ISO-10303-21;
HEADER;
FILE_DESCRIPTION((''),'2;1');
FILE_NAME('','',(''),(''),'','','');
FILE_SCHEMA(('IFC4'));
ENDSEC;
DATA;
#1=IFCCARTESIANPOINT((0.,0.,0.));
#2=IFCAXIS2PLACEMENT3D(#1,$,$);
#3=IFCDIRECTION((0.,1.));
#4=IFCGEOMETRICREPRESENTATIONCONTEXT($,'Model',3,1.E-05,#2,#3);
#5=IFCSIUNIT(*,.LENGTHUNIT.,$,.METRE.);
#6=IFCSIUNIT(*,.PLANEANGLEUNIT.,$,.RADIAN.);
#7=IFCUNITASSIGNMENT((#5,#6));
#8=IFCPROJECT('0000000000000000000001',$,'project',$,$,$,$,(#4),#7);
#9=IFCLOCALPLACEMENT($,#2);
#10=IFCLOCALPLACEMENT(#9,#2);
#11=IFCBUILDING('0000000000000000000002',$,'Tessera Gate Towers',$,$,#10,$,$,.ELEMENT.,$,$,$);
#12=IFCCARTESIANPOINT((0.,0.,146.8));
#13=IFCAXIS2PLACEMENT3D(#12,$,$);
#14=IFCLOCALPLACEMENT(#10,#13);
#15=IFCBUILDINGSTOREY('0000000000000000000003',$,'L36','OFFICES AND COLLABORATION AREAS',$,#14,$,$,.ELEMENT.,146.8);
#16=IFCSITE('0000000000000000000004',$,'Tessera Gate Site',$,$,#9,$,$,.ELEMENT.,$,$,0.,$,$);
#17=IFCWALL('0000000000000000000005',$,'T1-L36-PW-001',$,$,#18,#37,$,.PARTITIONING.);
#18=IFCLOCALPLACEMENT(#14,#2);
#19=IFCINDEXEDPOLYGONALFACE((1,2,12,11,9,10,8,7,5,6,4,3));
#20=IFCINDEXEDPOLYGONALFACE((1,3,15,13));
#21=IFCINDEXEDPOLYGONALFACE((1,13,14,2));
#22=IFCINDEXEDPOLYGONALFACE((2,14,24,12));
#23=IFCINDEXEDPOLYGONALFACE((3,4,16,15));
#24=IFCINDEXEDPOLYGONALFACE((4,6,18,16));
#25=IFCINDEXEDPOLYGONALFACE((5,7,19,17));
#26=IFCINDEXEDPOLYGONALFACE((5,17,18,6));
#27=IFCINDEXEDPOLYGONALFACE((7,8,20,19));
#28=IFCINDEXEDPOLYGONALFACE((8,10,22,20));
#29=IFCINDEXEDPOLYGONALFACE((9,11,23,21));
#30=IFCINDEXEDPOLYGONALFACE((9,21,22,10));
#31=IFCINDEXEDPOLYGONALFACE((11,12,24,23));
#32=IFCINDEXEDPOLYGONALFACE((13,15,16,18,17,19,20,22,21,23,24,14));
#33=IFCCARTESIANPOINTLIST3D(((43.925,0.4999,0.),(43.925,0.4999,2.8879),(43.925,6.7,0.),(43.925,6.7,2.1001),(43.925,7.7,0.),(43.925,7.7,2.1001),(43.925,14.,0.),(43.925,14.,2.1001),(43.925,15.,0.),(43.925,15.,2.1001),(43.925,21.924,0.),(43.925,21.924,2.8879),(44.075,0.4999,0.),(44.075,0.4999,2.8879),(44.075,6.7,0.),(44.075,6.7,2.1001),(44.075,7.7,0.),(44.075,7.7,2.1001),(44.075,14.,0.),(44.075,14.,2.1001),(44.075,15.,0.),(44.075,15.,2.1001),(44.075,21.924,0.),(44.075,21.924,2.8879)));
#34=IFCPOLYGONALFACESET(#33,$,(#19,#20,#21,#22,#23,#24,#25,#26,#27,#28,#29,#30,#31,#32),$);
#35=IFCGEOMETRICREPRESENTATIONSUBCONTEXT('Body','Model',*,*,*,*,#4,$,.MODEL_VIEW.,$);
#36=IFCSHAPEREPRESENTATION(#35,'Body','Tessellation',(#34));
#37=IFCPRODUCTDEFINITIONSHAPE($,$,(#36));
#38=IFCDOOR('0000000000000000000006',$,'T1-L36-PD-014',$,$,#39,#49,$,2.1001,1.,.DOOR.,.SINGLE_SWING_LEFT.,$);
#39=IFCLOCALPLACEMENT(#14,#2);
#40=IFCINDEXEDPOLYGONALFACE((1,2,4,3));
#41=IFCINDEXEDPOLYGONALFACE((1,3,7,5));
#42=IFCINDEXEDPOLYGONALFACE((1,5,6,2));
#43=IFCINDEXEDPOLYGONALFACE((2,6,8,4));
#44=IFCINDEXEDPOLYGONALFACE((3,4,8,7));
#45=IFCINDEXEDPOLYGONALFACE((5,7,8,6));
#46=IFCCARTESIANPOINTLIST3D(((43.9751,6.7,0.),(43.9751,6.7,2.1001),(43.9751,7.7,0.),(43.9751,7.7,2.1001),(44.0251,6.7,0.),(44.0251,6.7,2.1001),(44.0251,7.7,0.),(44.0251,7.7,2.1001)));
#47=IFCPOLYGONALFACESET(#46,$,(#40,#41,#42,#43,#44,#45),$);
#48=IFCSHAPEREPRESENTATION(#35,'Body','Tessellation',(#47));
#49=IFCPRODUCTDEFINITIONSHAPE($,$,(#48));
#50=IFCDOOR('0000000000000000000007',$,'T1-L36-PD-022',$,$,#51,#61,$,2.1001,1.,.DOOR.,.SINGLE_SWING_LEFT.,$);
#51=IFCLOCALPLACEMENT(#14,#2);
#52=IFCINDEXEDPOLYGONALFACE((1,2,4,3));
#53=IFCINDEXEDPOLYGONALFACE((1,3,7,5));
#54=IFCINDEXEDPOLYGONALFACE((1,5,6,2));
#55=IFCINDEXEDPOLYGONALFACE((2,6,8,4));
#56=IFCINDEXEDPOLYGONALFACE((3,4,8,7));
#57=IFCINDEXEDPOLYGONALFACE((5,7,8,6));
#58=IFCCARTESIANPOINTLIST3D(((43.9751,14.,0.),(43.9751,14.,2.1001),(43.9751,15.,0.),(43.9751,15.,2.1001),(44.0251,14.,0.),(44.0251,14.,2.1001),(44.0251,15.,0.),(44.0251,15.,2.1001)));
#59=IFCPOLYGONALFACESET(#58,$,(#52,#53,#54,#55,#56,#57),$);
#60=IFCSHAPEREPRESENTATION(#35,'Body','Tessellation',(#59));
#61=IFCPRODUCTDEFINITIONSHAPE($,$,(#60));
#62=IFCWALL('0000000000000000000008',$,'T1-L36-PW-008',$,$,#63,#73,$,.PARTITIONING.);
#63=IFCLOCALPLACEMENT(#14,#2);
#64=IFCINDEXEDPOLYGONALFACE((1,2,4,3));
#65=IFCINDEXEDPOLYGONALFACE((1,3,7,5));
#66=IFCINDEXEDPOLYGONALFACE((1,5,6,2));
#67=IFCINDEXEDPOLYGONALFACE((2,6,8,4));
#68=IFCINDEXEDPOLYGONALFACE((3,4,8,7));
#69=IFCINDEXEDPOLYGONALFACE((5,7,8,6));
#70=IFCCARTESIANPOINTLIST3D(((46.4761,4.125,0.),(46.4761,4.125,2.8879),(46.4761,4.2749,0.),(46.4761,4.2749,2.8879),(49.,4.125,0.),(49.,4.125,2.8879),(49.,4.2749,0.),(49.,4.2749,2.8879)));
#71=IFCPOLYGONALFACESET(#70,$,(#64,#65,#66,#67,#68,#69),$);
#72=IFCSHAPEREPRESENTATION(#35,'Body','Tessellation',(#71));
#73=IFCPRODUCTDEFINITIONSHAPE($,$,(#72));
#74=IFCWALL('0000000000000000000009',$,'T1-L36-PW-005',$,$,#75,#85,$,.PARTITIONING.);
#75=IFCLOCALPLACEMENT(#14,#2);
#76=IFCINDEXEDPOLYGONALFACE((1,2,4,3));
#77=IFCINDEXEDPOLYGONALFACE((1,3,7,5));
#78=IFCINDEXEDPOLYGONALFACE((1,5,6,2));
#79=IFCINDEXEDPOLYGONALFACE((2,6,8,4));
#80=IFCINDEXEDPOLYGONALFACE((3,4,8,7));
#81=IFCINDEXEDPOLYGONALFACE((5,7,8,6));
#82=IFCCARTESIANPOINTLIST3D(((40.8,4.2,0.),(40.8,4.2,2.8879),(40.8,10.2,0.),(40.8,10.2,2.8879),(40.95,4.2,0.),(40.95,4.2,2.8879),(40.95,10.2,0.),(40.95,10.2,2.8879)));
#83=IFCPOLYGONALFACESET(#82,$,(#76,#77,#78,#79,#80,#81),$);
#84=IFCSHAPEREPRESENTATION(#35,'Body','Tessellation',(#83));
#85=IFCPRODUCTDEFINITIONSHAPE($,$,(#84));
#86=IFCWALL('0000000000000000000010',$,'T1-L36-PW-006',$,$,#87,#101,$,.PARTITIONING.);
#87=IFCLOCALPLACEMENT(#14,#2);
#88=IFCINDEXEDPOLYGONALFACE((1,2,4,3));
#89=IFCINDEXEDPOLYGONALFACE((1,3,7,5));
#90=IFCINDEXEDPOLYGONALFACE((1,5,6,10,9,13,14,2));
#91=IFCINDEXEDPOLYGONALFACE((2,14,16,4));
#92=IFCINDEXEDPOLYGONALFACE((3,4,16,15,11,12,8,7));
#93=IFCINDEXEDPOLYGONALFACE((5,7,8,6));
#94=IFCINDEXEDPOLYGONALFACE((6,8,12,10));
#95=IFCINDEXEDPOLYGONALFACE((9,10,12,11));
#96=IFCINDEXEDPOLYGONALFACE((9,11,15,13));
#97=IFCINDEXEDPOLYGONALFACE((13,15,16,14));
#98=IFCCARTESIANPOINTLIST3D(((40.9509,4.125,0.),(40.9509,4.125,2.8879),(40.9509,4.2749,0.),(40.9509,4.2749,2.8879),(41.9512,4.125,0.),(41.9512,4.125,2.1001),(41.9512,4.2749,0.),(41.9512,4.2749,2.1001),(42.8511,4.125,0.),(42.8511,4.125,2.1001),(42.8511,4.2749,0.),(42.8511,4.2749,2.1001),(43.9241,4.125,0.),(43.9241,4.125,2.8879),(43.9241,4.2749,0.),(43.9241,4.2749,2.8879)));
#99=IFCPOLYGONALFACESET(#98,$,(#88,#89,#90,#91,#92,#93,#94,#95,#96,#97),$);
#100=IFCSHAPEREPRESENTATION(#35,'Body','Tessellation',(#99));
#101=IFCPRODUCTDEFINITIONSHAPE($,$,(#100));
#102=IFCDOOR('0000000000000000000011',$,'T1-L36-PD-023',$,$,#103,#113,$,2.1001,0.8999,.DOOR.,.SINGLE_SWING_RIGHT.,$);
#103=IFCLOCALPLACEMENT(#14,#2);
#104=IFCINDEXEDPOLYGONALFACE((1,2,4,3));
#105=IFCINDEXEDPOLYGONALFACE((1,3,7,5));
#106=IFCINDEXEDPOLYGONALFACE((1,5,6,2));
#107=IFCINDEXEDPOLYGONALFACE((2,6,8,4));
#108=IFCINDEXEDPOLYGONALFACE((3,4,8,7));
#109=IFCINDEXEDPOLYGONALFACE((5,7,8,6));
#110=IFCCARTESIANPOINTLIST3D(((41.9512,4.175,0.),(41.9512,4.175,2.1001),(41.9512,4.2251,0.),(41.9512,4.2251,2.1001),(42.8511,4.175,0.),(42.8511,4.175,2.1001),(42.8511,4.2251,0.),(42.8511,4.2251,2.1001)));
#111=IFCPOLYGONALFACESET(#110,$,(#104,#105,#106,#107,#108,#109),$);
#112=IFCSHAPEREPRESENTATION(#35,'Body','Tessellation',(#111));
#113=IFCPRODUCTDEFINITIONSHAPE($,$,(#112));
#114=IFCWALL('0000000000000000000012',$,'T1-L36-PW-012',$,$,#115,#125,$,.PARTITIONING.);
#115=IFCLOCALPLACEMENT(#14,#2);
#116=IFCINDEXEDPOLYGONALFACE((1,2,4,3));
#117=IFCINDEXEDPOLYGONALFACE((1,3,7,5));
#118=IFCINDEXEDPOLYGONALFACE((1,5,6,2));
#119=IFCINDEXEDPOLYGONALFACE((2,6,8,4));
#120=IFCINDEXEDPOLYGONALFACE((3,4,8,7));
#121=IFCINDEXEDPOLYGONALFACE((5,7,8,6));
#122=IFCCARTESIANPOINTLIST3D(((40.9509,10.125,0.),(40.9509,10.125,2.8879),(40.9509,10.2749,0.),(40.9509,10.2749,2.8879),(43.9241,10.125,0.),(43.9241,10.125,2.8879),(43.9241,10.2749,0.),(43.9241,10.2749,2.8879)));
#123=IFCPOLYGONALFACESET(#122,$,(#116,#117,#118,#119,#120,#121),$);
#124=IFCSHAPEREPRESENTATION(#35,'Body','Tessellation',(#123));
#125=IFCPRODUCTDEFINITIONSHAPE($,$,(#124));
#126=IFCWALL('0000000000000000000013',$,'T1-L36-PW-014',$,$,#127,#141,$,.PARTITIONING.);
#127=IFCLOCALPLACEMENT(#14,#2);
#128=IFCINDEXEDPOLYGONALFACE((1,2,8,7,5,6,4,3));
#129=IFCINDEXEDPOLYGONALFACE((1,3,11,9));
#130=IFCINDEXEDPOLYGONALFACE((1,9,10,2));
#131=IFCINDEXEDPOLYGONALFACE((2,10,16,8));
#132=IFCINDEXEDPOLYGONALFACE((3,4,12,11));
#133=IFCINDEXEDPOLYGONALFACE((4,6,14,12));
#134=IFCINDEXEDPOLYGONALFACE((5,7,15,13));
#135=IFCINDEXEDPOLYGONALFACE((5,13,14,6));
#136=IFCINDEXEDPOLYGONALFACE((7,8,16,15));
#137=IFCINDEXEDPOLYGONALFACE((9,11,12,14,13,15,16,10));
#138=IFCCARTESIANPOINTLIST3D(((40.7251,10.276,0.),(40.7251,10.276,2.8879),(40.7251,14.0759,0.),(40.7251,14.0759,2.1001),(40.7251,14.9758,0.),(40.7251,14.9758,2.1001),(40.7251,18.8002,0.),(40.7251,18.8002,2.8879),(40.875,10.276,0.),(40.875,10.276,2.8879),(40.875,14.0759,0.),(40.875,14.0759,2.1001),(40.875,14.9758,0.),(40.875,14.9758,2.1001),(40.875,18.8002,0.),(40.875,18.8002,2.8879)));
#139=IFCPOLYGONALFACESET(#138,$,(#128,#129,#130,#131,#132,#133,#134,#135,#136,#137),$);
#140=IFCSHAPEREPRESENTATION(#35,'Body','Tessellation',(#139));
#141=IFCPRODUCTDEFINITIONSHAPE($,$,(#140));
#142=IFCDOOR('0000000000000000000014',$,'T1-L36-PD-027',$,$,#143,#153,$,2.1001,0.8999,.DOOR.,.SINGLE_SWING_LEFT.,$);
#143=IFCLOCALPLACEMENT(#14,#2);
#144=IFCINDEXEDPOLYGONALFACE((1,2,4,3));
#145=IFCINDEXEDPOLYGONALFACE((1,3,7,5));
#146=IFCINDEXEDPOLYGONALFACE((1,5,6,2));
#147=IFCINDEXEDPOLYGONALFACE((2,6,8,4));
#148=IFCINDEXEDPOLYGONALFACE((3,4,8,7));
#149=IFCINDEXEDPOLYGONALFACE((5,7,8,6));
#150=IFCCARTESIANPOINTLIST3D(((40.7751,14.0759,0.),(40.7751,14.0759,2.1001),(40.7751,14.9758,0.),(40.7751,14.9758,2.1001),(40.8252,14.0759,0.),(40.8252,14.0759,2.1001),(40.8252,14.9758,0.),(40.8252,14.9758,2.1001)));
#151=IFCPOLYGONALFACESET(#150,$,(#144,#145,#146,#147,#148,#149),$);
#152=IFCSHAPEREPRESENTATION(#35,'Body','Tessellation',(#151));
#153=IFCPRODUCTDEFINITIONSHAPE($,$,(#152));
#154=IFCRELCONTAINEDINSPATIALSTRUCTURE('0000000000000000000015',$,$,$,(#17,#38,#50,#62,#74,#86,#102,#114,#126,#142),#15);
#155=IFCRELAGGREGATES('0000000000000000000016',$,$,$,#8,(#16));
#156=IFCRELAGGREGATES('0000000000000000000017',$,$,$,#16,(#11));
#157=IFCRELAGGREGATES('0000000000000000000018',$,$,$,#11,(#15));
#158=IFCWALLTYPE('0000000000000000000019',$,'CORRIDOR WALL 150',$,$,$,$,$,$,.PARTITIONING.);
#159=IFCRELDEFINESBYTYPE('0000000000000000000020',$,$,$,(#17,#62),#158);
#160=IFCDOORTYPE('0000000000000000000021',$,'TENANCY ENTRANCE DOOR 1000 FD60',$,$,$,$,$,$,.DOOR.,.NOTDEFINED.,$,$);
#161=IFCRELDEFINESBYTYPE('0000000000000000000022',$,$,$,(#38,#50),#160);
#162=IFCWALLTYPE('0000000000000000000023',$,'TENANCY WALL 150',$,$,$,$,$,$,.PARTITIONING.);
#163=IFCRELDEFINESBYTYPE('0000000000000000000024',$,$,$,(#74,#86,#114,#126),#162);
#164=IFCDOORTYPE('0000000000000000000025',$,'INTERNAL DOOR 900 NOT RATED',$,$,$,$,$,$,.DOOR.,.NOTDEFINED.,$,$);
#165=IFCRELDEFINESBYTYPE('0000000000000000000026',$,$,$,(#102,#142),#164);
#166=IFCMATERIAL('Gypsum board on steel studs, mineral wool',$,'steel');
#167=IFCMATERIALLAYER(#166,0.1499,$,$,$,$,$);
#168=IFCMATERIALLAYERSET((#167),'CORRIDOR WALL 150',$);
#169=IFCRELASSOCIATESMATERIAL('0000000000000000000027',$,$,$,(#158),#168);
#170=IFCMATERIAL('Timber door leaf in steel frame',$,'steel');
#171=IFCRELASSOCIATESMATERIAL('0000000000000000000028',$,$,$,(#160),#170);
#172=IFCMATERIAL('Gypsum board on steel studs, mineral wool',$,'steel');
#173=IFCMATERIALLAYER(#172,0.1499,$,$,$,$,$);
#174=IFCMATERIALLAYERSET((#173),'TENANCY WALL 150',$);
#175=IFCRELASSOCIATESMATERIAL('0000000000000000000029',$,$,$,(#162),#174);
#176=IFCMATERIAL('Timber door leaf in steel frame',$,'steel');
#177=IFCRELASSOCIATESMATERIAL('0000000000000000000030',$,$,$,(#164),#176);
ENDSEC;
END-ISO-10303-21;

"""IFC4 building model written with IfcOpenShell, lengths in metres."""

from ifc_helpers import new_model, si_unit, direction, frame, frame_2d, origin, place, context, subcontext, project, spatial, rectangle, extrude, source, transform, mapped, material, layer, layer_set, type_object, element, fill, save


model = new_model("IFC4")

# Units and contexts
model_context = context("Model", 3, precision=1e-05, world=origin(), true_north=direction((0.0, 1.0)))
body_context = subcontext(model_context, "Body", "Model", "MODEL_VIEW")
ifc_project = project(units=[si_unit("LENGTHUNIT", "METRE"), si_unit("PLANEANGLEUNIT", "RADIAN")], contexts=[model_context])

# Site, building, storey
site_placement = place(None, origin())
site = spatial("IfcSite", under=ifc_project, at=site_placement, Name="Tessera Gate Site", CompositionType="ELEMENT", RefElevation=0.0)
building_placement = place(site_placement, origin())
building = spatial("IfcBuilding", under=site, at=building_placement, Name="Tessera Gate Towers", CompositionType="ELEMENT")
storey_placement = place(building_placement, frame((0.0, 0.0, 146.8)))
storey = spatial("IfcBuildingStorey", under=building, at=storey_placement, Name="L36", Description="OFFICES AND COLLABORATION AREAS", CompositionType="ELEMENT", Elevation=146.8)

# Wall, openings, doors
ifc_material_1 = material(Name="Gypsum board on steel studs, mineral wool", Category="steel")
ifc_layer_1 = layer(ifc_material_1, 0.1499)
ifc_layer_set_1 = layer_set([ifc_layer_1], Name="CORRIDOR WALL 150")
wall_type_1 = type_object("IfcWallType", Name="CORRIDOR WALL 150", PredefinedType="PARTITIONING", material=ifc_layer_set_1)
wall_1_placement = place(storey_placement, frame((44.0, 0.5, 0.0), z_axis=(0.0, 0.0, 1.0), x_axis=(0.0, 1.0, 0.0)))
wall_1 = element("IfcWall", 1, at=wall_1_placement, inside=storey, type_object=wall_type_1, Name="T1-L36-PW-001", PredefinedType="PARTITIONING", context=body_context, shape_type="SweptSolid", body=[
    extrude(rectangle(XDim=21.4241, YDim=0.1499, at=frame_2d((10.7119, 0.0))), origin(), (0.0, 0.0, 1.0), 2.8879),
])
shared_shape_1 = source(origin(), body_context, "Body", "SweptSolid", [
    extrude(rectangle(XDim=1.0, YDim=2.1001, at=frame_2d((0.5, 1.05))), frame((0.0, 0.085, 0.0), z_axis=(0.0, -1.0, 0.0), x_axis=(1.0, 0.0, 0.0)), (0.0, 0.0, 1.0), 0.1699),
])
opening_1_placement = place(wall_1_placement, frame((6.2, 0.0, 0.0)))
opening_1 = element("IfcOpeningElement", 2, at=opening_1_placement, cuts=wall_1, PredefinedType="OPENING", context=body_context, shape_type="MappedRepresentation", body=[
    mapped(shared_shape_1, transform((0.0, 0.0, 0.0), scale=1.0)),
])
opening_2_placement = place(wall_1_placement, frame((13.5, 0.0, 0.0)))
opening_2 = element("IfcOpeningElement", 3, at=opening_2_placement, cuts=wall_1, PredefinedType="OPENING", context=body_context, shape_type="MappedRepresentation", body=[
    mapped(shared_shape_1, transform((0.0, 0.0, 0.0), scale=1.0)),
])
ifc_material_2 = material(Name="Timber door leaf in steel frame", Category="steel")
door_type_1 = type_object("IfcDoorType", Name="TENANCY ENTRANCE DOOR 1000 FD60", OperationType="NOTDEFINED", PredefinedType="DOOR", material=ifc_material_2)
shared_shape_2 = source(origin(), body_context, "Body", "SweptSolid", [
    extrude(rectangle(XDim=1.0, YDim=2.1001, at=frame_2d((0.5, 1.05))), frame((0.0, 0.0249, 0.0), z_axis=(0.0, -1.0, 0.0), x_axis=(1.0, 0.0, 0.0)), (0.0, 0.0, 1.0), 0.05),
])
door_1_placement = place(opening_1_placement, origin())
door_1 = element("IfcDoor", 4, at=door_1_placement, inside=storey, type_object=door_type_1, Name="T1-L36-PD-014", OperationType="SINGLE_SWING_LEFT", OverallHeight=2.1001, OverallWidth=1.0, PredefinedType="DOOR", context=body_context, shape_type="MappedRepresentation", body=[
    mapped(shared_shape_2, transform((0.0, 0.0, 0.0), scale=1.0)),
])
fill(opening_1, door_1)
door_2_placement = place(opening_2_placement, origin())
door_2 = element("IfcDoor", 5, at=door_2_placement, inside=storey, type_object=door_type_1, Name="T1-L36-PD-022", OperationType="SINGLE_SWING_LEFT", OverallHeight=2.1001, OverallWidth=1.0, PredefinedType="DOOR", context=body_context, shape_type="MappedRepresentation", body=[
    mapped(shared_shape_2, transform((0.0, 0.0, 0.0), scale=1.0)),
])
fill(opening_2, door_2)

# Walls
wall_2_placement = place(storey_placement, frame((46.4761, 4.2, 0.0), z_axis=(0.0, 0.0, 1.0), x_axis=(1.0, 0.0, 0.0)))
element("IfcWall", 6, at=wall_2_placement, inside=storey, type_object=wall_type_1, Name="T1-L36-PW-008", PredefinedType="PARTITIONING", context=body_context, shape_type="SweptSolid", body=[
    extrude(rectangle(XDim=2.5239, YDim=0.1499, at=frame_2d((1.262, 0.0))), origin(), (0.0, 0.0, 1.0), 2.8879),
])
ifc_material_3 = material(Name="Gypsum board on steel studs, mineral wool", Category="steel")
ifc_layer_2 = layer(ifc_material_3, 0.1499)
ifc_layer_set_2 = layer_set([ifc_layer_2], Name="TENANCY WALL 150")
wall_type_2 = type_object("IfcWallType", Name="TENANCY WALL 150", PredefinedType="PARTITIONING", material=ifc_layer_set_2)
wall_3_placement = place(storey_placement, frame((40.875, 4.2, 0.0), z_axis=(0.0, 0.0, 1.0), x_axis=(0.0, 1.0, 0.0)))
element("IfcWall", 7, at=wall_3_placement, inside=storey, type_object=wall_type_2, Name="T1-L36-PW-005", PredefinedType="PARTITIONING", context=body_context, shape_type="SweptSolid", body=[
    extrude(rectangle(XDim=6.0, YDim=0.1499, at=frame_2d((3.0, 0.0))), origin(), (0.0, 0.0, 1.0), 2.8879),
])

# Wall, opening, door
wall_4_placement = place(storey_placement, frame((43.9241, 4.2, 0.0), z_axis=(0.0, 0.0, 1.0), x_axis=(-1.0, 0.0, 0.0)))
wall_4 = element("IfcWall", 8, at=wall_4_placement, inside=storey, type_object=wall_type_2, Name="T1-L36-PW-006", PredefinedType="PARTITIONING", context=body_context, shape_type="SweptSolid", body=[
    extrude(rectangle(XDim=2.9731, YDim=0.1499, at=frame_2d((1.4866, 0.0))), origin(), (0.0, 0.0, 1.0), 2.8879),
])
shared_shape_3 = source(origin(), body_context, "Body", "SweptSolid", [
    extrude(rectangle(XDim=0.8999, YDim=2.1001, at=frame_2d((0.45, 1.05))), frame((0.0, 0.085, 0.0), z_axis=(0.0, -1.0, 0.0), x_axis=(1.0, 0.0, 0.0)), (0.0, 0.0, 1.0), 0.1699),
])
opening_3_placement = place(wall_4_placement, frame((1.073, 0.0, 0.0)))
opening_3 = element("IfcOpeningElement", 9, at=opening_3_placement, cuts=wall_4, PredefinedType="OPENING", context=body_context, shape_type="MappedRepresentation", body=[
    mapped(shared_shape_3, transform((0.0, 0.0, 0.0), scale=1.0)),
])
ifc_material_4 = material(Name="Timber door leaf in steel frame", Category="steel")
door_type_2 = type_object("IfcDoorType", Name="INTERNAL DOOR 900 NOT RATED", OperationType="NOTDEFINED", PredefinedType="DOOR", material=ifc_material_4)
shared_shape_4 = source(origin(), body_context, "Body", "SweptSolid", [
    extrude(rectangle(XDim=0.8999, YDim=2.1001, at=frame_2d((0.45, 1.05))), frame((0.0, 0.0249, 0.0), z_axis=(0.0, -1.0, 0.0), x_axis=(1.0, 0.0, 0.0)), (0.0, 0.0, 1.0), 0.05),
])
door_3_placement = place(opening_3_placement, origin())
door_3 = element("IfcDoor", 10, at=door_3_placement, inside=storey, type_object=door_type_2, Name="T1-L36-PD-023", OperationType="SINGLE_SWING_RIGHT", OverallHeight=2.1001, OverallWidth=0.8999, PredefinedType="DOOR", context=body_context, shape_type="MappedRepresentation", body=[
    mapped(shared_shape_4, transform((0.0, 0.0, 0.0), scale=1.0)),
])
fill(opening_3, door_3)

# Wall
wall_5_placement = place(storey_placement, frame((40.9509, 10.2, 0.0), z_axis=(0.0, 0.0, 1.0), x_axis=(1.0, 0.0, 0.0)))
element("IfcWall", 11, at=wall_5_placement, inside=storey, type_object=wall_type_2, Name="T1-L36-PW-012", PredefinedType="PARTITIONING", context=body_context, shape_type="SweptSolid", body=[
    extrude(rectangle(XDim=2.9731, YDim=0.1499, at=frame_2d((1.4866, 0.0))), origin(), (0.0, 0.0, 1.0), 2.8879),
])

# Wall, opening, door
wall_6_placement = place(storey_placement, frame((40.8, 10.2759, 0.0), z_axis=(0.0, 0.0, 1.0), x_axis=(0.0, 1.0, 0.0)))
wall_6 = element("IfcWall", 12, at=wall_6_placement, inside=storey, type_object=wall_type_2, Name="T1-L36-PW-014", PredefinedType="PARTITIONING", context=body_context, shape_type="SweptSolid", body=[
    extrude(rectangle(XDim=8.5242, YDim=0.1499, at=frame_2d((4.2622, 0.0))), origin(), (0.0, 0.0, 1.0), 2.8879),
])
opening_4_placement = place(wall_6_placement, frame((3.8, 0.0, 0.0)))
opening_4 = element("IfcOpeningElement", 13, at=opening_4_placement, cuts=wall_6, PredefinedType="OPENING", context=body_context, shape_type="MappedRepresentation", body=[
    mapped(shared_shape_3, transform((0.0, 0.0, 0.0), scale=1.0)),
])
door_4_placement = place(opening_4_placement, origin())
door_4 = element("IfcDoor", 14, at=door_4_placement, inside=storey, type_object=door_type_2, Name="T1-L36-PD-027", OperationType="SINGLE_SWING_LEFT", OverallHeight=2.1001, OverallWidth=0.8999, PredefinedType="DOOR", context=body_context, shape_type="MappedRepresentation", body=[
    mapped(shared_shape_4, transform((0.0, 0.0, 0.0), scale=1.0)),
])
fill(opening_4, door_4)

save(model, "model.ifc")
